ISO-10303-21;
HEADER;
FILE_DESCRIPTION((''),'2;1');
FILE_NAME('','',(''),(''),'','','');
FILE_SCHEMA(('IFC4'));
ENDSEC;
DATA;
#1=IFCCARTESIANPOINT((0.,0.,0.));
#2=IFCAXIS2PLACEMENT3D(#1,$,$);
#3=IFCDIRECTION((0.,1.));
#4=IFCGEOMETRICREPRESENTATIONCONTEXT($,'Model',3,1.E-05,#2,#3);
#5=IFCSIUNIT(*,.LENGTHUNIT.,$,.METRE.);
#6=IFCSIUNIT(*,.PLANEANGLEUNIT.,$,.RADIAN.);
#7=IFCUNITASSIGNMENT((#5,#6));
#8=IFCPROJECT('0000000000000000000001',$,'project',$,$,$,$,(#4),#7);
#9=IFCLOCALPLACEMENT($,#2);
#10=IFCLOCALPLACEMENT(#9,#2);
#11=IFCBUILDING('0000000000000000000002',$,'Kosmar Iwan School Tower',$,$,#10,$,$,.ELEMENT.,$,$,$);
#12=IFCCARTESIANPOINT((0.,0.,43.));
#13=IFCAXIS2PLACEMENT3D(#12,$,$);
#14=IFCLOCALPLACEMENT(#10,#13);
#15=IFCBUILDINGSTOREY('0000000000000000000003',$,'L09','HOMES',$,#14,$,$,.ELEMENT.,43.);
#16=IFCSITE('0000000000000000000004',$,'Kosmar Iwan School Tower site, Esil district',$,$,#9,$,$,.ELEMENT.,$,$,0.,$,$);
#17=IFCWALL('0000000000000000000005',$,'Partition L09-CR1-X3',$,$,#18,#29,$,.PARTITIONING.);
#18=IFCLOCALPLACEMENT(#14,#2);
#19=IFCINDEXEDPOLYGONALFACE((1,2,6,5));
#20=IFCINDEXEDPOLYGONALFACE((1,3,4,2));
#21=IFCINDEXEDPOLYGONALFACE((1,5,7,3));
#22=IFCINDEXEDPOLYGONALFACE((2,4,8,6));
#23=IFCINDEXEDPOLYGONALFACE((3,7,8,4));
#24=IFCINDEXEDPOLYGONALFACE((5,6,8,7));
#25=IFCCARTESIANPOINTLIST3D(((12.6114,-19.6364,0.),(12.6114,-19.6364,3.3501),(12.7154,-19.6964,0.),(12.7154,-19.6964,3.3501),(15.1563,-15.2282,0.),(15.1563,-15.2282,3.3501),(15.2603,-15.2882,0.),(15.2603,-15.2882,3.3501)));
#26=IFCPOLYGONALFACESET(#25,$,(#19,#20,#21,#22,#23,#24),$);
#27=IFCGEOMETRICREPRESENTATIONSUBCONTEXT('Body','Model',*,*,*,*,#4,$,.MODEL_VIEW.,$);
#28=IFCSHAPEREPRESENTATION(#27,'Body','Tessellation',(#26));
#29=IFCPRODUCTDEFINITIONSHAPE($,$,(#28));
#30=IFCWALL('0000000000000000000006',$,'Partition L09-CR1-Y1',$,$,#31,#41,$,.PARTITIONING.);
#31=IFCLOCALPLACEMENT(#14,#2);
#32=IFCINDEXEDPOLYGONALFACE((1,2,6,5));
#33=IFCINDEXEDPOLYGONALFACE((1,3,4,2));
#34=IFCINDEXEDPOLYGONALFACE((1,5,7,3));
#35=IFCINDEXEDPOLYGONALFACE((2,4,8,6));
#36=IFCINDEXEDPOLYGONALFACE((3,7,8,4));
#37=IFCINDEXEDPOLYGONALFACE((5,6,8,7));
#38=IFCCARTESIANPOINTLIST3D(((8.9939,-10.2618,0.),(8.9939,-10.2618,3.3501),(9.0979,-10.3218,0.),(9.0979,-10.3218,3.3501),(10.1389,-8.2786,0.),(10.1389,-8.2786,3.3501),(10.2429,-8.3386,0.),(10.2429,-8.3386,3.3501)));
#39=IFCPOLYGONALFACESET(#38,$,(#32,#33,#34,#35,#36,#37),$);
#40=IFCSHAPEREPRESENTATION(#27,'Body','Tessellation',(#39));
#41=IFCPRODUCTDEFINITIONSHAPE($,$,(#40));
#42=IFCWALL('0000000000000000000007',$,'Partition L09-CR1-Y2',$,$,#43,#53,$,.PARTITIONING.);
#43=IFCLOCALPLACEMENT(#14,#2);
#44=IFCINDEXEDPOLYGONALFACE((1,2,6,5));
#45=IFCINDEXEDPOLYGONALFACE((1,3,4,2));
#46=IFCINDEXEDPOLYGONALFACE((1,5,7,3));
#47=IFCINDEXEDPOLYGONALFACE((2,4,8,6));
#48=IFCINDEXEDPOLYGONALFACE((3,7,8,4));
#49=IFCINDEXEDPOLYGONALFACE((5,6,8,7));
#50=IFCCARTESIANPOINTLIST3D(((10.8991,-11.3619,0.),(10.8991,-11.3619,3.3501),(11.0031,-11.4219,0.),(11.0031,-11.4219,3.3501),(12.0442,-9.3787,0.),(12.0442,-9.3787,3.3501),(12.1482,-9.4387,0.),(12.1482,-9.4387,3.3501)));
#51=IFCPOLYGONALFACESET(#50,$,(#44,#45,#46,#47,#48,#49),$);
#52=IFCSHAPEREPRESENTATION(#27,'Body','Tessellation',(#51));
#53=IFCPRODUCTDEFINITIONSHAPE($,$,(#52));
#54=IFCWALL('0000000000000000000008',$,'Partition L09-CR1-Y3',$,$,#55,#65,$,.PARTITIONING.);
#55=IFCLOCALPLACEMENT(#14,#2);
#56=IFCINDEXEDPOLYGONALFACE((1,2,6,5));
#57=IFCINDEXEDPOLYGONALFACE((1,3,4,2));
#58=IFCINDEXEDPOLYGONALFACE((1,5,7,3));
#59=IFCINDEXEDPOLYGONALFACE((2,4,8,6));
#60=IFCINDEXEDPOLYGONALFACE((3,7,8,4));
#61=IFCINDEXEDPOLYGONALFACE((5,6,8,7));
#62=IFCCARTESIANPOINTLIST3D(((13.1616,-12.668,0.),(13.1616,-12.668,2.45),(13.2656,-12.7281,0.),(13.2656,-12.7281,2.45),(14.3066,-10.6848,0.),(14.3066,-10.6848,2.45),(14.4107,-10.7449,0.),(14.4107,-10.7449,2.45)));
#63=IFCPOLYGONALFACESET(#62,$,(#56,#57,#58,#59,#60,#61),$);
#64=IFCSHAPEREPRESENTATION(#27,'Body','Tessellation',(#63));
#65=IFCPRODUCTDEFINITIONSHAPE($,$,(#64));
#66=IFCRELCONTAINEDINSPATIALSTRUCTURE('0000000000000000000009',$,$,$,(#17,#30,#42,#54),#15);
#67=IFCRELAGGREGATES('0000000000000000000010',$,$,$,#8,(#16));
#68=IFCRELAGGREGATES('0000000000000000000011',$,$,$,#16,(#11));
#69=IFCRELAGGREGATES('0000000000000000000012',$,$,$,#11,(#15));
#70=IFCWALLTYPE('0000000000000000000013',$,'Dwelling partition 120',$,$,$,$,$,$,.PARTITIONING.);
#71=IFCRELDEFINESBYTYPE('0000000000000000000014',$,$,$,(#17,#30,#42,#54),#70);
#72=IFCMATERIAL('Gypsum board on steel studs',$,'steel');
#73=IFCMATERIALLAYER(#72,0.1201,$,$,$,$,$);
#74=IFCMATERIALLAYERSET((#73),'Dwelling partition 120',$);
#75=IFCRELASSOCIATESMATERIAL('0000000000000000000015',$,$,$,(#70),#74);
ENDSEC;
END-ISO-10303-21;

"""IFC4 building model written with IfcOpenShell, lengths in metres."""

from ifc_helpers import new_model, si_unit, direction, frame, frame_2d, origin, place, context, subcontext, project, spatial, rectangle, extrude, material, layer, layer_set, type_object, element, save


model = new_model("IFC4")

# Units and contexts
model_context = context("Model", 3, precision=1e-05, world=origin(), true_north=direction((0.0, 1.0)))
body_context = subcontext(model_context, "Body", "Model", "MODEL_VIEW")
ifc_project = project(units=[si_unit("LENGTHUNIT", "METRE"), si_unit("PLANEANGLEUNIT", "RADIAN")], contexts=[model_context])

# Site, building, storey
site_placement = place(None, origin())
site = spatial("IfcSite", under=ifc_project, at=site_placement, Name="Kosmar Iwan School Tower site, Esil district", CompositionType="ELEMENT", RefElevation=0.0)
building_placement = place(site_placement, origin())
building = spatial("IfcBuilding", under=site, at=building_placement, Name="Kosmar Iwan School Tower", CompositionType="ELEMENT")
storey_placement = place(building_placement, frame((0.0, 0.0, 43.0)))
storey = spatial("IfcBuildingStorey", under=building, at=storey_placement, Name="L09", Description="HOMES", CompositionType="ELEMENT", Elevation=43.0)

# Shared definitions
ifc_material_1 = material(Name="Gypsum board on steel studs", Category="steel")
ifc_layer_1 = layer(ifc_material_1, 0.1201)
ifc_layer_set_1 = layer_set([ifc_layer_1], Name="Dwelling partition 120")
wall_type_1 = type_object("IfcWallType", Name="Dwelling partition 120", PredefinedType="PARTITIONING", material=ifc_layer_set_1)

# Walls
wall_1_placement = place(storey_placement, frame((15.2083, -15.2583, 0.0), z_axis=(0.0, 0.0, 1.0), x_axis=(-0.499977, -0.866039, 0.0)))
element("IfcWall", 1, at=wall_1_placement, inside=storey, type_object=wall_type_1, Name="Partition L09-CR1-X3", PredefinedType="PARTITIONING", context=body_context, shape_type="SweptSolid", body=[
    extrude(rectangle(XDim=5.0901, YDim=0.1201, at=frame_2d((2.5449, 0.0))), origin(), (0.0, 0.0, 1.0), 3.3501),
])
for number, where, z_axis, x_axis, name in (
    (2, (10.1909, -8.3086, 0.0), (0.0, 0.0, 1.0), (-0.500015, -0.866017, 0.0), "Partition L09-CR1-Y1"),
    (3, (12.0962, -9.4087, 0.0), (0.0, 0.0, 1.0), (-0.500015, -0.866017, 0.0), "Partition L09-CR1-Y2"),
):
    element("IfcWall", number, at=place(storey_placement, frame(where, z_axis=z_axis, x_axis=x_axis)), inside=storey, type_object=wall_type_1, Name=name, PredefinedType="PARTITIONING", context=body_context, shape_type="SweptSolid", body=[
        extrude(rectangle(XDim=2.29, YDim=0.1201, at=frame_2d((1.145, 0.0))), origin(), (0.0, 0.0, 1.0), 3.3501),
    ])
wall_2_placement = place(storey_placement, frame((14.3586, -10.7148, 0.0), z_axis=(0.0, 0.0, 1.0), x_axis=(-0.500015, -0.866017, 0.0)))
element("IfcWall", 4, at=wall_2_placement, inside=storey, type_object=wall_type_1, Name="Partition L09-CR1-Y3", PredefinedType="PARTITIONING", context=body_context, shape_type="SweptSolid", body=[
    extrude(rectangle(XDim=2.29, YDim=0.1201, at=frame_2d((1.145, 0.0))), origin(), (0.0, 0.0, 1.0), 2.45),
])

save(model, "model.ifc")
